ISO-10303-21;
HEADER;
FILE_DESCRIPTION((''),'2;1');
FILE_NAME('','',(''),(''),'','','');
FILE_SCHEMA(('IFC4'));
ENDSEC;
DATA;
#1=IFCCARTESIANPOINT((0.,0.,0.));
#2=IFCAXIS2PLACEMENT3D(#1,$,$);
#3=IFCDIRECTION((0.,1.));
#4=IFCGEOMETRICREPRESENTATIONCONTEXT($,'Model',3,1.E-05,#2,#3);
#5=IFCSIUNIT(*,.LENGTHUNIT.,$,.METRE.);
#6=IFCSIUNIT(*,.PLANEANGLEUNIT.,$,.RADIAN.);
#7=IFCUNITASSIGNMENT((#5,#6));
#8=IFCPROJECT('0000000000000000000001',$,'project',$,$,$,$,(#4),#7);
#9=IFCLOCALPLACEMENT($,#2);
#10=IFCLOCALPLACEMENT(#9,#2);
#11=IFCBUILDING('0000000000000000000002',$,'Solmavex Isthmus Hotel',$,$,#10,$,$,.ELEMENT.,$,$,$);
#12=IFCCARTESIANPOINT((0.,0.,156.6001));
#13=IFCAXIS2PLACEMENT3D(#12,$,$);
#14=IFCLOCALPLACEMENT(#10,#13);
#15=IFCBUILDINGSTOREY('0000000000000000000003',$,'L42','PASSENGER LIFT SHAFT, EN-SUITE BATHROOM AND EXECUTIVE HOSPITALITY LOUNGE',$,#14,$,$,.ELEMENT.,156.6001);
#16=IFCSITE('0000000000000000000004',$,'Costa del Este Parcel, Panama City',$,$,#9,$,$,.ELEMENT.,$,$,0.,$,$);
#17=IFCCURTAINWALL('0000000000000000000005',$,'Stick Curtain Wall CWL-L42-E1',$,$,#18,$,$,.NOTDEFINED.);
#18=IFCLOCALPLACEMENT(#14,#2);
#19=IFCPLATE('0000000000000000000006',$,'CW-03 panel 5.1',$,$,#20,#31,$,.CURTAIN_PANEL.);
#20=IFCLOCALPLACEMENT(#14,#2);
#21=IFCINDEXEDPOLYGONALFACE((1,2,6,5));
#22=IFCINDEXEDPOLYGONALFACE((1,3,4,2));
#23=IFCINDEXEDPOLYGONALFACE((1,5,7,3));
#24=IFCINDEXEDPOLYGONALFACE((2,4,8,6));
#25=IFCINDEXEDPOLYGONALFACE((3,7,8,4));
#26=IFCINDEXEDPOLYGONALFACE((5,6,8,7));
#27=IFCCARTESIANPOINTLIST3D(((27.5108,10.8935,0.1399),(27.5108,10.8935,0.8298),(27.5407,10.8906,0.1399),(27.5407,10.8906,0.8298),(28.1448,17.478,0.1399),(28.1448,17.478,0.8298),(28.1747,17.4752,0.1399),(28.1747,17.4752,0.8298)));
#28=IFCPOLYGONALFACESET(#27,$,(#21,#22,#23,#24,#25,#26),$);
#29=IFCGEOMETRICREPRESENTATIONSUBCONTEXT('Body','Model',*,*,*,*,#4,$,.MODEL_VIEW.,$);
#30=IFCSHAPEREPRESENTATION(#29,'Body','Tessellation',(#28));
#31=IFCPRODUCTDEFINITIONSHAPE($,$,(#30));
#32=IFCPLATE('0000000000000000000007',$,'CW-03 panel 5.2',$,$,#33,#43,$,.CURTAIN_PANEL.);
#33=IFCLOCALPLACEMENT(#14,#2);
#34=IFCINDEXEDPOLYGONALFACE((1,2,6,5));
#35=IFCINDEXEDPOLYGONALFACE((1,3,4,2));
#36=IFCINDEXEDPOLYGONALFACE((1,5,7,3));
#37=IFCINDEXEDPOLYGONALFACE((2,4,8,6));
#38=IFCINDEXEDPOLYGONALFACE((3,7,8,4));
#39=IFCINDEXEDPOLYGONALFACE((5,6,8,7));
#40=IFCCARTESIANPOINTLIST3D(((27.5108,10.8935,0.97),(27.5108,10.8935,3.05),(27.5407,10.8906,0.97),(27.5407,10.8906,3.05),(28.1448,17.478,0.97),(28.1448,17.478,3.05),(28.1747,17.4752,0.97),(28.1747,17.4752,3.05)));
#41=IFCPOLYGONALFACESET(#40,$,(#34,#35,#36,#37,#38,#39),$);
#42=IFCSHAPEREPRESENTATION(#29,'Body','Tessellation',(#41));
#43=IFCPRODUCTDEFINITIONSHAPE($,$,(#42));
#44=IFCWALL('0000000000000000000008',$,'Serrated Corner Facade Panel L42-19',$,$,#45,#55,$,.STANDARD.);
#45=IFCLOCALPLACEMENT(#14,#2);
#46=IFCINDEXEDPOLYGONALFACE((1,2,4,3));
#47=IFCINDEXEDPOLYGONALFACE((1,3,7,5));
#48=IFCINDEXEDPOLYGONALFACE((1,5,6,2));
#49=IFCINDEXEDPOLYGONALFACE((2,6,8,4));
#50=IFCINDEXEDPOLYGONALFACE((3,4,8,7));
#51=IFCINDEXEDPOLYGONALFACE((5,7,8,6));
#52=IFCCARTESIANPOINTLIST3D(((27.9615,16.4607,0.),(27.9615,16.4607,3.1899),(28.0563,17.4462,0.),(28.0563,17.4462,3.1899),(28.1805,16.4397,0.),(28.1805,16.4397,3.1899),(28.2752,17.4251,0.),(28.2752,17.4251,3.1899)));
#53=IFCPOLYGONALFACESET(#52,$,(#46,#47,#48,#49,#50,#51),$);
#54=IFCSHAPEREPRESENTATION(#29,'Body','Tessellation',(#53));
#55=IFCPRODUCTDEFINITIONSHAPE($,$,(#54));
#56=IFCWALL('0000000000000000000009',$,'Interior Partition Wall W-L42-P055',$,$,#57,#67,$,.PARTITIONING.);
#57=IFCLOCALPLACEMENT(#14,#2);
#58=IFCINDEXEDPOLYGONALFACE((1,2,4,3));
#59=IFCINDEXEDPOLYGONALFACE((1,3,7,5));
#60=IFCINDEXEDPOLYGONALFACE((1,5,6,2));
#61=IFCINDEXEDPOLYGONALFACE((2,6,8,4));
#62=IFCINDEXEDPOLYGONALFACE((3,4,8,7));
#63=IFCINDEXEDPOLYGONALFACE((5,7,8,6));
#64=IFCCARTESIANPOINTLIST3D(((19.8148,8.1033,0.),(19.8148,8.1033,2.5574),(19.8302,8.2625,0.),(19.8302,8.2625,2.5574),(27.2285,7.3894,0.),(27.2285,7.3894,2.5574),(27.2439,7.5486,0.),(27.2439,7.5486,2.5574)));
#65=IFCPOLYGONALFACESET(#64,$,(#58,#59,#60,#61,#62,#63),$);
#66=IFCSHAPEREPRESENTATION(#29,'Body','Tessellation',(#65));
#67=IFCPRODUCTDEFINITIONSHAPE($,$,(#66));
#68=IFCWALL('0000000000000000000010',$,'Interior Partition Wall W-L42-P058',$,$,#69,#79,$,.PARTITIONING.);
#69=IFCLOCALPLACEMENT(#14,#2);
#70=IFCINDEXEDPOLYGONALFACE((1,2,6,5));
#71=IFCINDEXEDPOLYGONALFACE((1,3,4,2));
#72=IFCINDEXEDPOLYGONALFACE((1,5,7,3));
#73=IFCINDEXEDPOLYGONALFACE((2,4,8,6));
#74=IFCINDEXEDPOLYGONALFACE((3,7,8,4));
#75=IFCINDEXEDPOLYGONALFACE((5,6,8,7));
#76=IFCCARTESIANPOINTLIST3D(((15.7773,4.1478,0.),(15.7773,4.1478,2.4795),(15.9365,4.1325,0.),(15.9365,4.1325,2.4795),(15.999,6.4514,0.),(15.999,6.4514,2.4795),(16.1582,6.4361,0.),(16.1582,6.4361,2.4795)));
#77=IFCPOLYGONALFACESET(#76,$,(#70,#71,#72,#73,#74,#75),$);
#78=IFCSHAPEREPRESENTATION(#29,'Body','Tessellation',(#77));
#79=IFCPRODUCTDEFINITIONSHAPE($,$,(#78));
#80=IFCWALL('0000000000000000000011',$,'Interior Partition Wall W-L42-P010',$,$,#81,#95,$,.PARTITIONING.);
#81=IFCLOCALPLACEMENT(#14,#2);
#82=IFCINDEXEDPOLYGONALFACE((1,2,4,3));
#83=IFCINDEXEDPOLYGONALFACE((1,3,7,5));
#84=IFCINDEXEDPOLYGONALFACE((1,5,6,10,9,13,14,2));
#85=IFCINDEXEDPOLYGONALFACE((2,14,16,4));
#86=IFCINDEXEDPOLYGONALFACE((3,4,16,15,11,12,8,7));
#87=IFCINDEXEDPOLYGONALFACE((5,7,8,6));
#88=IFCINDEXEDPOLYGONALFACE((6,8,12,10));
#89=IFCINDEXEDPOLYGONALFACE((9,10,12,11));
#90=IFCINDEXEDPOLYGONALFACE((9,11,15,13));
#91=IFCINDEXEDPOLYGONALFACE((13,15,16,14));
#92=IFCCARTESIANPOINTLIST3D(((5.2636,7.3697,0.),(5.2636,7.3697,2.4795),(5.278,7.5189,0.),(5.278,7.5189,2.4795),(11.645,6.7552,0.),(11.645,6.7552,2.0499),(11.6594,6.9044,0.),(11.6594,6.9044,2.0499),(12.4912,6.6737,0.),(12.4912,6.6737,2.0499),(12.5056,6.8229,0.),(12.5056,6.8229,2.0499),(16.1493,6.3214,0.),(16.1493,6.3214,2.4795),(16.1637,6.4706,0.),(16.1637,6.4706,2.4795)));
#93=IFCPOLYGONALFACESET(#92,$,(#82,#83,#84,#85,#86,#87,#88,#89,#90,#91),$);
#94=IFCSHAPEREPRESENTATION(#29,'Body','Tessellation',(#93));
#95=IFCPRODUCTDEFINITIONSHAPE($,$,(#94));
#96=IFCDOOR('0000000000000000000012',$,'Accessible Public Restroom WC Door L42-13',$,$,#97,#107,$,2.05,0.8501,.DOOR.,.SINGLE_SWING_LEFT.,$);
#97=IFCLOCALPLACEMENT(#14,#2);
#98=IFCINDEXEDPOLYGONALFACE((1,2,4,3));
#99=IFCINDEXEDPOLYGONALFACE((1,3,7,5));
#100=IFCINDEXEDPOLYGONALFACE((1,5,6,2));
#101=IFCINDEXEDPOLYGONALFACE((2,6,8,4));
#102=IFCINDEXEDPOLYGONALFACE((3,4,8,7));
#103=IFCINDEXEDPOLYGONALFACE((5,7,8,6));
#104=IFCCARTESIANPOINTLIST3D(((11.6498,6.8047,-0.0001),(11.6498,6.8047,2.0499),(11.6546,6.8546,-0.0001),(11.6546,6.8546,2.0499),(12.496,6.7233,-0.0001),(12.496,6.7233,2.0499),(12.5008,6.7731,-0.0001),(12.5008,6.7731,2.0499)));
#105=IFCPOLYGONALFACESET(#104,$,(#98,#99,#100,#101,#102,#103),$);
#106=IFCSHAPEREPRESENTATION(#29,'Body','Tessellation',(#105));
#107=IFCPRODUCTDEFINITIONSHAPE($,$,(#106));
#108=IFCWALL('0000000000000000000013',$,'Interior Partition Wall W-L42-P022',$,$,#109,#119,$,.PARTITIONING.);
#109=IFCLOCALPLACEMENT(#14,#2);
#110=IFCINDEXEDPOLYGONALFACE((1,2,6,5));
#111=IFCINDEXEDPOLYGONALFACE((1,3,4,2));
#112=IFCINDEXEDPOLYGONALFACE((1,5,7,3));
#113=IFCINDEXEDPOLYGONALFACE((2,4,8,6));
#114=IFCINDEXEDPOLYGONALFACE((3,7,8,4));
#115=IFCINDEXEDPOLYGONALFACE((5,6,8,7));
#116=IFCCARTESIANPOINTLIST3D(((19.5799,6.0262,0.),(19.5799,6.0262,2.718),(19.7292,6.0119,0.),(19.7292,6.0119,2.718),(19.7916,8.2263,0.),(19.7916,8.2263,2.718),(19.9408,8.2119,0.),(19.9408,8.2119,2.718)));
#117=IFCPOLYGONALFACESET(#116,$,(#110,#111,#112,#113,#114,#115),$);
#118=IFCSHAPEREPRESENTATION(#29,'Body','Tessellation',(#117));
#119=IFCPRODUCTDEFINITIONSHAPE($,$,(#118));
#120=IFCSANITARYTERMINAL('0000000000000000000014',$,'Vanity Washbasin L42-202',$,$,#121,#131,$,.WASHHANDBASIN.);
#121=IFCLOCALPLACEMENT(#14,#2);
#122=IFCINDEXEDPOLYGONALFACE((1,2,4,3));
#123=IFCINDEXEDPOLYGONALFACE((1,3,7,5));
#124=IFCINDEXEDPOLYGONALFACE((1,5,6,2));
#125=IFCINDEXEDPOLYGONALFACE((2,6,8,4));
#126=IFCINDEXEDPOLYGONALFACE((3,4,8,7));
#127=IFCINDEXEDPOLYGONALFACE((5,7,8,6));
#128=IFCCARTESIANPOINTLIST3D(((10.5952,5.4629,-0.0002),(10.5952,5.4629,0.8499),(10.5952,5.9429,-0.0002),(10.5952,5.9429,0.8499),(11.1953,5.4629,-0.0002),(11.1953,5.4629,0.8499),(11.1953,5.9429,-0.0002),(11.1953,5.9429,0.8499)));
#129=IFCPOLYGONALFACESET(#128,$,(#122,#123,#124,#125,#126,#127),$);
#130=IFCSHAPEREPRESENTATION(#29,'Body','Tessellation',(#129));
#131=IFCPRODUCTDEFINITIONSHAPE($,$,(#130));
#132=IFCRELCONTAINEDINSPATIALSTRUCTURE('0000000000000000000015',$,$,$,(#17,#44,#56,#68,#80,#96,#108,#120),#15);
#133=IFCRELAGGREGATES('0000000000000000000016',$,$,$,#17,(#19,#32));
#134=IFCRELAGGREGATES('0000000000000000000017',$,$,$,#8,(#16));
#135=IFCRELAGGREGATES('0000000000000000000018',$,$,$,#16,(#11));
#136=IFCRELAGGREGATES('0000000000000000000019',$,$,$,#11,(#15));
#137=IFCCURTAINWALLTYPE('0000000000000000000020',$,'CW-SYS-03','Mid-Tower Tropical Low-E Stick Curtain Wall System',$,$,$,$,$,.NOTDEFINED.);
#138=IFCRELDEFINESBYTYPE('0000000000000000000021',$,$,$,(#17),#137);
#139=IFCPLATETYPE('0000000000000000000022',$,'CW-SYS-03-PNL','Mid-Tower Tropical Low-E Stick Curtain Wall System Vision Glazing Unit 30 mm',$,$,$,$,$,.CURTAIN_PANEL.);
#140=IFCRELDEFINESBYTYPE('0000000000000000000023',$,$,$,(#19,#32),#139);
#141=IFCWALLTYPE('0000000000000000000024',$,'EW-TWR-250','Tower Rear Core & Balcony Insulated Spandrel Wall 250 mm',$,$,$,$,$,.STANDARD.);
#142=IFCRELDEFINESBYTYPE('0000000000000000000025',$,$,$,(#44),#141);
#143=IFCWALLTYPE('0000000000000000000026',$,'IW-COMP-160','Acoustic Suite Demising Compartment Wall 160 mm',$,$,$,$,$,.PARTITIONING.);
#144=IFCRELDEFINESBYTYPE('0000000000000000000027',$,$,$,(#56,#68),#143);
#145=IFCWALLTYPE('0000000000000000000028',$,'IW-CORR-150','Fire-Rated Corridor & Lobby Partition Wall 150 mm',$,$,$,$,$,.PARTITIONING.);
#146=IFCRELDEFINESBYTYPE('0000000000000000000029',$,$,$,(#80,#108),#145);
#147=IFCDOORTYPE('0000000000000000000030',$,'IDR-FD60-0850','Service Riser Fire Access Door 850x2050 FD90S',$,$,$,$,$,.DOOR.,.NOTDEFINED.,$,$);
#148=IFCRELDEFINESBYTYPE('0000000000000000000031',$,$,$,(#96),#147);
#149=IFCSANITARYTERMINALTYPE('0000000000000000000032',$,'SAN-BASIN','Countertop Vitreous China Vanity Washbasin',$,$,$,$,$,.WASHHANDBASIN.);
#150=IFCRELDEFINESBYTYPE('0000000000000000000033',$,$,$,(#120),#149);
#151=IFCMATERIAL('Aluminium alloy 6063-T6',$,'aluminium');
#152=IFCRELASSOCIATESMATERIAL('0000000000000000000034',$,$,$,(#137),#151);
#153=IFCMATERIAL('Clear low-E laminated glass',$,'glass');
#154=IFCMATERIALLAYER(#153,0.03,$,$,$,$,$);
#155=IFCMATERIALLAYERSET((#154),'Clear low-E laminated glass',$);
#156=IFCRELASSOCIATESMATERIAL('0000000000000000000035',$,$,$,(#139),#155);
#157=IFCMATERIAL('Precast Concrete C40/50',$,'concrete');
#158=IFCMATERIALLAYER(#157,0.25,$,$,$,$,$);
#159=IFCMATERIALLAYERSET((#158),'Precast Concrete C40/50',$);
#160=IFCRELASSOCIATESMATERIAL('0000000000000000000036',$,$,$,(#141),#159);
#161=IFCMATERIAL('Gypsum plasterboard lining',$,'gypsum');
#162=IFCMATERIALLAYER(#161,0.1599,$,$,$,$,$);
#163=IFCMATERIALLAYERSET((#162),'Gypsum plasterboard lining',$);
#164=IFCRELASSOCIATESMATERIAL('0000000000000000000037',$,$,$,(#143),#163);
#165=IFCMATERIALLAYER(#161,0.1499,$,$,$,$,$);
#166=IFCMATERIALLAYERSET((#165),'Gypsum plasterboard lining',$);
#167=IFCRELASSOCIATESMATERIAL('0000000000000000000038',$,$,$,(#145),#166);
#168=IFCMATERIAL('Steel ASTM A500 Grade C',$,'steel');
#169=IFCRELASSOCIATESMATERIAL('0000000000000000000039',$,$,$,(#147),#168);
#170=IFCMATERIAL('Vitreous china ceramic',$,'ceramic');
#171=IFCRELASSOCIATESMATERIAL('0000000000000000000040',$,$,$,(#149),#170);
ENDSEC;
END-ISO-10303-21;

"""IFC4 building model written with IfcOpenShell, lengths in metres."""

from ifc_helpers import new_model, si_unit, direction, frame, frame_2d, origin, origin_2d, place, context, subcontext, project, spatial, rectangle, extrude, material, layer, layer_set, type_object, element, fill, aggregate, save


model = new_model("IFC4")

# Units and contexts
model_context = context("Model", 3, precision=1e-05, world=origin(), true_north=direction((0.0, 1.0)))
body_context = subcontext(model_context, "Body", "Model", "MODEL_VIEW")
ifc_project = project(units=[si_unit("LENGTHUNIT", "METRE"), si_unit("PLANEANGLEUNIT", "RADIAN")], contexts=[model_context])

# Site, building, storey
site_placement = place(None, origin())
site = spatial("IfcSite", under=ifc_project, at=site_placement, Name="Costa del Este Parcel, Panama City", CompositionType="ELEMENT", RefElevation=0.0)
building_placement = place(site_placement, origin())
building = spatial("IfcBuilding", under=site, at=building_placement, Name="Solmavex Isthmus Hotel", CompositionType="ELEMENT")
storey_placement = place(building_placement, frame((0.0, 0.0, 156.6001)))
storey = spatial("IfcBuildingStorey", under=building, at=storey_placement, Name="L42", Description="PASSENGER LIFT SHAFT, EN-SUITE BATHROOM AND EXECUTIVE HOSPITALITY LOUNGE", CompositionType="ELEMENT", Elevation=156.6001)

# Curtain wall, plates
ifc_material_1 = material(Name="Aluminium alloy 6063-T6", Category="aluminium")
curtain_wall_type = type_object("IfcCurtainWallType", Name="CW-SYS-03", Description="Mid-Tower Tropical Low-E Stick Curtain Wall System", PredefinedType="NOTDEFINED", material=ifc_material_1)
curtain_wall_placement = place(storey_placement, origin())
curtain_wall = element("IfcCurtainWall", 1, at=curtain_wall_placement, inside=storey, type_object=curtain_wall_type, Name="Stick Curtain Wall CWL-L42-E1", PredefinedType="NOTDEFINED")
ifc_material_2 = material(Name="Clear low-E laminated glass", Category="glass")
ifc_layer_1 = layer(ifc_material_2, 0.03)
ifc_layer_set_1 = layer_set([ifc_layer_1], Name="Clear low-E laminated glass")
plate_type = type_object("IfcPlateType", Name="CW-SYS-03-PNL", Description="Mid-Tower Tropical Low-E Stick Curtain Wall System Vision Glazing Unit 30 mm", PredefinedType="CURTAIN_PANEL", material=ifc_layer_set_1)
plate_1_placement = place(storey_placement, frame((27.8428, 14.1843, 0.1399), z_axis=(0.0, 0.0, 1.0), x_axis=(0.095846, 0.995396, 0.0)))
plate_1 = element("IfcPlate", 2, at=plate_1_placement, type_object=plate_type, Name="CW-03 panel 5.1", PredefinedType="CURTAIN_PANEL", context=body_context, shape_type="SweptSolid", body=[
    extrude(rectangle(XDim=6.615, YDim=0.03, at=origin_2d()), origin(), (0.0, 0.0, 1.0), 0.6899),
])
plate_2_placement = place(storey_placement, frame((27.8428, 14.1843, 0.97), z_axis=(0.0, 0.0, 1.0), x_axis=(0.095846, 0.995396, 0.0)))
plate_2 = element("IfcPlate", 3, at=plate_2_placement, type_object=plate_type, Name="CW-03 panel 5.2", PredefinedType="CURTAIN_PANEL", context=body_context, shape_type="SweptSolid", body=[
    extrude(rectangle(XDim=6.615, YDim=0.03, at=origin_2d()), origin(), (0.0, 0.0, 1.0), 2.0801),
])
aggregate(curtain_wall, [plate_1, plate_2])

# Walls
ifc_material_3 = material(Name="Precast Concrete C40/50", Category="concrete")
ifc_layer_2 = layer(ifc_material_3, 0.25)
ifc_layer_set_2 = layer_set([ifc_layer_2], Name="Precast Concrete C40/50")
wall_type_1 = type_object("IfcWallType", Name="EW-TWR-250", Description="Tower Rear Core & Balcony Insulated Spandrel Wall 250 mm", PredefinedType="STANDARD", material=ifc_layer_set_2)
wall_1_placement = place(storey_placement, frame((28.1658, 17.4358, 0.0), z_axis=(0.0, 0.0, 1.0), x_axis=(-0.095694, -0.995411, 0.0)))
element("IfcWall", 4, at=wall_1_placement, inside=storey, type_object=wall_type_1, Name="Serrated Corner Facade Panel L42-19", PredefinedType="STANDARD", context=body_context, shape_type="SweptSolid", body=[
    extrude(rectangle(XDim=0.99, YDim=0.22, at=frame_2d((0.4951, 0.0))), origin(), (0.0, 0.0, 1.0), 3.1899),
])
ifc_material_4 = material(Name="Gypsum plasterboard lining", Category="gypsum")
ifc_layer_3 = layer(ifc_material_4, 0.1599)
ifc_layer_set_3 = layer_set([ifc_layer_3], Name="Gypsum plasterboard lining")
wall_type_2 = type_object("IfcWallType", Name="IW-COMP-160", Description="Acoustic Suite Demising Compartment Wall 160 mm", PredefinedType="PARTITIONING", material=ifc_layer_set_3)
wall_2_placement = place(storey_placement, frame((27.2363, 7.469, 0.0), z_axis=(0.0, 0.0, 1.0), x_axis=(-0.995396, 0.095845, 0.0)))
element("IfcWall", 5, at=wall_2_placement, inside=storey, type_object=wall_type_2, Name="Interior Partition Wall W-L42-P055", PredefinedType="PARTITIONING", context=body_context, shape_type="SweptSolid", body=[
    extrude(rectangle(XDim=7.448, YDim=0.1599, at=frame_2d((3.7241, 0.0))), origin(), (0.0, 0.0, 1.0), 2.5574),
])
wall_3_placement = place(storey_placement, frame((16.0786, 6.4438, 0.0), z_axis=(0.0, 0.0, 1.0), x_axis=(-0.095795, -0.995401, 0.0)))
element("IfcWall", 6, at=wall_3_placement, inside=storey, type_object=wall_type_2, Name="Interior Partition Wall W-L42-P058", PredefinedType="PARTITIONING", context=body_context, shape_type="SweptSolid", body=[
    extrude(rectangle(XDim=2.3142, YDim=0.1599, at=frame_2d((1.1572, 0.0))), origin(), (0.0, 0.0, 1.0), 2.4795),
])

# Wall, opening, door
ifc_layer_4 = layer(ifc_material_4, 0.1499)
ifc_layer_set_4 = layer_set([ifc_layer_4], Name="Gypsum plasterboard lining")
wall_type_3 = type_object("IfcWallType", Name="IW-CORR-150", Description="Fire-Rated Corridor & Lobby Partition Wall 150 mm", PredefinedType="PARTITIONING", material=ifc_layer_set_4)
wall_4_placement = place(storey_placement, frame((16.1565, 6.396, 0.0), z_axis=(0.0, 0.0, 1.0), x_axis=(-0.995395, 0.09586, 0.0)))
wall_4 = element("IfcWall", 7, at=wall_4_placement, inside=storey, type_object=wall_type_3, Name="Interior Partition Wall W-L42-P010", PredefinedType="PARTITIONING", context=body_context, shape_type="SweptSolid", body=[
    extrude(rectangle(XDim=10.936, YDim=0.1499, at=frame_2d((5.468, 0.0))), origin(), (0.0, 0.0, 1.0), 2.4795),
])
opening_1_placement = place(wall_4_placement, frame((3.675, 0.0, 0.0)))
opening_1 = element("IfcOpeningElement", 8, at=opening_1_placement, cuts=wall_4, PredefinedType="OPENING", context=body_context, shape_type="SweptSolid", body=[
    extrude(rectangle(XDim=0.8501, YDim=2.05, at=frame_2d((0.425, 1.0249))), frame((0.0, 0.085, 0.0), z_axis=(0.0, -1.0, 0.0), x_axis=(1.0, 0.0, 0.0)), (0.0, 0.0, 1.0), 0.1699),
])
ifc_material_5 = material(Name="Steel ASTM A500 Grade C", Category="steel")
door_type_1 = type_object("IfcDoorType", Name="IDR-FD60-0850", Description="Service Riser Fire Access Door 850x2050 FD90S", OperationType="NOTDEFINED", PredefinedType="DOOR", material=ifc_material_5)
door_1_placement = place(opening_1_placement, frame((0.8501, 0.0, 0.0), z_axis=(0.0, 0.0, 1.0), x_axis=(-1.0, 0.0, 0.0)))
door_1 = element("IfcDoor", 9, at=door_1_placement, inside=storey, type_object=door_type_1, Name="Accessible Public Restroom WC Door L42-13", OperationType="SINGLE_SWING_LEFT", OverallHeight=2.05, OverallWidth=0.8501, PredefinedType="DOOR", context=body_context, shape_type="SweptSolid", body=[
    extrude(rectangle(XDim=0.8501, YDim=2.05, at=frame_2d((0.425, 1.0249))), frame((0.0, 0.0249, 0.0), z_axis=(0.0, -1.0, 0.0), x_axis=(1.0, 0.0, 0.0)), (0.0, 0.0, 1.0), 0.05),
])
fill(opening_1, door_1)

# Wall
wall_5_placement = place(storey_placement, frame((19.8662, 8.219, 0.0), z_axis=(0.0, 0.0, 1.0), x_axis=(-0.095773, -0.995403, 0.0)))
element("IfcWall", 10, at=wall_5_placement, inside=storey, type_object=wall_type_3, Name="Interior Partition Wall W-L42-P022", PredefinedType="PARTITIONING", context=body_context, shape_type="SweptSolid", body=[
    extrude(rectangle(XDim=2.2102, YDim=0.1499, at=frame_2d((1.105, 0.0))), origin(), (0.0, 0.0, 1.0), 2.718),
])

# Sanitary terminal
ifc_material_6 = material(Name="Vitreous china ceramic", Category="ceramic")
sanitary_terminal_type = type_object("IfcSanitaryTerminalType", Name="SAN-BASIN", Description="Countertop Vitreous China Vanity Washbasin", PredefinedType="WASHHANDBASIN", material=ifc_material_6)
sanitary_terminal_placement = place(storey_placement, frame((10.8953, 5.7029, -0.0002), z_axis=(0.0, 0.0, 1.0), x_axis=(1.0, 0.0, 0.0)))
element("IfcSanitaryTerminal", 11, at=sanitary_terminal_placement, inside=storey, type_object=sanitary_terminal_type, Name="Vanity Washbasin L42-202", PredefinedType="WASHHANDBASIN", context=body_context, shape_type="SweptSolid", body=[
    extrude(rectangle(XDim=0.6001, YDim=0.48, at=origin_2d()), origin(), (0.0, 0.0, 1.0), 0.8501),
])

save(model, "model.ifc")
